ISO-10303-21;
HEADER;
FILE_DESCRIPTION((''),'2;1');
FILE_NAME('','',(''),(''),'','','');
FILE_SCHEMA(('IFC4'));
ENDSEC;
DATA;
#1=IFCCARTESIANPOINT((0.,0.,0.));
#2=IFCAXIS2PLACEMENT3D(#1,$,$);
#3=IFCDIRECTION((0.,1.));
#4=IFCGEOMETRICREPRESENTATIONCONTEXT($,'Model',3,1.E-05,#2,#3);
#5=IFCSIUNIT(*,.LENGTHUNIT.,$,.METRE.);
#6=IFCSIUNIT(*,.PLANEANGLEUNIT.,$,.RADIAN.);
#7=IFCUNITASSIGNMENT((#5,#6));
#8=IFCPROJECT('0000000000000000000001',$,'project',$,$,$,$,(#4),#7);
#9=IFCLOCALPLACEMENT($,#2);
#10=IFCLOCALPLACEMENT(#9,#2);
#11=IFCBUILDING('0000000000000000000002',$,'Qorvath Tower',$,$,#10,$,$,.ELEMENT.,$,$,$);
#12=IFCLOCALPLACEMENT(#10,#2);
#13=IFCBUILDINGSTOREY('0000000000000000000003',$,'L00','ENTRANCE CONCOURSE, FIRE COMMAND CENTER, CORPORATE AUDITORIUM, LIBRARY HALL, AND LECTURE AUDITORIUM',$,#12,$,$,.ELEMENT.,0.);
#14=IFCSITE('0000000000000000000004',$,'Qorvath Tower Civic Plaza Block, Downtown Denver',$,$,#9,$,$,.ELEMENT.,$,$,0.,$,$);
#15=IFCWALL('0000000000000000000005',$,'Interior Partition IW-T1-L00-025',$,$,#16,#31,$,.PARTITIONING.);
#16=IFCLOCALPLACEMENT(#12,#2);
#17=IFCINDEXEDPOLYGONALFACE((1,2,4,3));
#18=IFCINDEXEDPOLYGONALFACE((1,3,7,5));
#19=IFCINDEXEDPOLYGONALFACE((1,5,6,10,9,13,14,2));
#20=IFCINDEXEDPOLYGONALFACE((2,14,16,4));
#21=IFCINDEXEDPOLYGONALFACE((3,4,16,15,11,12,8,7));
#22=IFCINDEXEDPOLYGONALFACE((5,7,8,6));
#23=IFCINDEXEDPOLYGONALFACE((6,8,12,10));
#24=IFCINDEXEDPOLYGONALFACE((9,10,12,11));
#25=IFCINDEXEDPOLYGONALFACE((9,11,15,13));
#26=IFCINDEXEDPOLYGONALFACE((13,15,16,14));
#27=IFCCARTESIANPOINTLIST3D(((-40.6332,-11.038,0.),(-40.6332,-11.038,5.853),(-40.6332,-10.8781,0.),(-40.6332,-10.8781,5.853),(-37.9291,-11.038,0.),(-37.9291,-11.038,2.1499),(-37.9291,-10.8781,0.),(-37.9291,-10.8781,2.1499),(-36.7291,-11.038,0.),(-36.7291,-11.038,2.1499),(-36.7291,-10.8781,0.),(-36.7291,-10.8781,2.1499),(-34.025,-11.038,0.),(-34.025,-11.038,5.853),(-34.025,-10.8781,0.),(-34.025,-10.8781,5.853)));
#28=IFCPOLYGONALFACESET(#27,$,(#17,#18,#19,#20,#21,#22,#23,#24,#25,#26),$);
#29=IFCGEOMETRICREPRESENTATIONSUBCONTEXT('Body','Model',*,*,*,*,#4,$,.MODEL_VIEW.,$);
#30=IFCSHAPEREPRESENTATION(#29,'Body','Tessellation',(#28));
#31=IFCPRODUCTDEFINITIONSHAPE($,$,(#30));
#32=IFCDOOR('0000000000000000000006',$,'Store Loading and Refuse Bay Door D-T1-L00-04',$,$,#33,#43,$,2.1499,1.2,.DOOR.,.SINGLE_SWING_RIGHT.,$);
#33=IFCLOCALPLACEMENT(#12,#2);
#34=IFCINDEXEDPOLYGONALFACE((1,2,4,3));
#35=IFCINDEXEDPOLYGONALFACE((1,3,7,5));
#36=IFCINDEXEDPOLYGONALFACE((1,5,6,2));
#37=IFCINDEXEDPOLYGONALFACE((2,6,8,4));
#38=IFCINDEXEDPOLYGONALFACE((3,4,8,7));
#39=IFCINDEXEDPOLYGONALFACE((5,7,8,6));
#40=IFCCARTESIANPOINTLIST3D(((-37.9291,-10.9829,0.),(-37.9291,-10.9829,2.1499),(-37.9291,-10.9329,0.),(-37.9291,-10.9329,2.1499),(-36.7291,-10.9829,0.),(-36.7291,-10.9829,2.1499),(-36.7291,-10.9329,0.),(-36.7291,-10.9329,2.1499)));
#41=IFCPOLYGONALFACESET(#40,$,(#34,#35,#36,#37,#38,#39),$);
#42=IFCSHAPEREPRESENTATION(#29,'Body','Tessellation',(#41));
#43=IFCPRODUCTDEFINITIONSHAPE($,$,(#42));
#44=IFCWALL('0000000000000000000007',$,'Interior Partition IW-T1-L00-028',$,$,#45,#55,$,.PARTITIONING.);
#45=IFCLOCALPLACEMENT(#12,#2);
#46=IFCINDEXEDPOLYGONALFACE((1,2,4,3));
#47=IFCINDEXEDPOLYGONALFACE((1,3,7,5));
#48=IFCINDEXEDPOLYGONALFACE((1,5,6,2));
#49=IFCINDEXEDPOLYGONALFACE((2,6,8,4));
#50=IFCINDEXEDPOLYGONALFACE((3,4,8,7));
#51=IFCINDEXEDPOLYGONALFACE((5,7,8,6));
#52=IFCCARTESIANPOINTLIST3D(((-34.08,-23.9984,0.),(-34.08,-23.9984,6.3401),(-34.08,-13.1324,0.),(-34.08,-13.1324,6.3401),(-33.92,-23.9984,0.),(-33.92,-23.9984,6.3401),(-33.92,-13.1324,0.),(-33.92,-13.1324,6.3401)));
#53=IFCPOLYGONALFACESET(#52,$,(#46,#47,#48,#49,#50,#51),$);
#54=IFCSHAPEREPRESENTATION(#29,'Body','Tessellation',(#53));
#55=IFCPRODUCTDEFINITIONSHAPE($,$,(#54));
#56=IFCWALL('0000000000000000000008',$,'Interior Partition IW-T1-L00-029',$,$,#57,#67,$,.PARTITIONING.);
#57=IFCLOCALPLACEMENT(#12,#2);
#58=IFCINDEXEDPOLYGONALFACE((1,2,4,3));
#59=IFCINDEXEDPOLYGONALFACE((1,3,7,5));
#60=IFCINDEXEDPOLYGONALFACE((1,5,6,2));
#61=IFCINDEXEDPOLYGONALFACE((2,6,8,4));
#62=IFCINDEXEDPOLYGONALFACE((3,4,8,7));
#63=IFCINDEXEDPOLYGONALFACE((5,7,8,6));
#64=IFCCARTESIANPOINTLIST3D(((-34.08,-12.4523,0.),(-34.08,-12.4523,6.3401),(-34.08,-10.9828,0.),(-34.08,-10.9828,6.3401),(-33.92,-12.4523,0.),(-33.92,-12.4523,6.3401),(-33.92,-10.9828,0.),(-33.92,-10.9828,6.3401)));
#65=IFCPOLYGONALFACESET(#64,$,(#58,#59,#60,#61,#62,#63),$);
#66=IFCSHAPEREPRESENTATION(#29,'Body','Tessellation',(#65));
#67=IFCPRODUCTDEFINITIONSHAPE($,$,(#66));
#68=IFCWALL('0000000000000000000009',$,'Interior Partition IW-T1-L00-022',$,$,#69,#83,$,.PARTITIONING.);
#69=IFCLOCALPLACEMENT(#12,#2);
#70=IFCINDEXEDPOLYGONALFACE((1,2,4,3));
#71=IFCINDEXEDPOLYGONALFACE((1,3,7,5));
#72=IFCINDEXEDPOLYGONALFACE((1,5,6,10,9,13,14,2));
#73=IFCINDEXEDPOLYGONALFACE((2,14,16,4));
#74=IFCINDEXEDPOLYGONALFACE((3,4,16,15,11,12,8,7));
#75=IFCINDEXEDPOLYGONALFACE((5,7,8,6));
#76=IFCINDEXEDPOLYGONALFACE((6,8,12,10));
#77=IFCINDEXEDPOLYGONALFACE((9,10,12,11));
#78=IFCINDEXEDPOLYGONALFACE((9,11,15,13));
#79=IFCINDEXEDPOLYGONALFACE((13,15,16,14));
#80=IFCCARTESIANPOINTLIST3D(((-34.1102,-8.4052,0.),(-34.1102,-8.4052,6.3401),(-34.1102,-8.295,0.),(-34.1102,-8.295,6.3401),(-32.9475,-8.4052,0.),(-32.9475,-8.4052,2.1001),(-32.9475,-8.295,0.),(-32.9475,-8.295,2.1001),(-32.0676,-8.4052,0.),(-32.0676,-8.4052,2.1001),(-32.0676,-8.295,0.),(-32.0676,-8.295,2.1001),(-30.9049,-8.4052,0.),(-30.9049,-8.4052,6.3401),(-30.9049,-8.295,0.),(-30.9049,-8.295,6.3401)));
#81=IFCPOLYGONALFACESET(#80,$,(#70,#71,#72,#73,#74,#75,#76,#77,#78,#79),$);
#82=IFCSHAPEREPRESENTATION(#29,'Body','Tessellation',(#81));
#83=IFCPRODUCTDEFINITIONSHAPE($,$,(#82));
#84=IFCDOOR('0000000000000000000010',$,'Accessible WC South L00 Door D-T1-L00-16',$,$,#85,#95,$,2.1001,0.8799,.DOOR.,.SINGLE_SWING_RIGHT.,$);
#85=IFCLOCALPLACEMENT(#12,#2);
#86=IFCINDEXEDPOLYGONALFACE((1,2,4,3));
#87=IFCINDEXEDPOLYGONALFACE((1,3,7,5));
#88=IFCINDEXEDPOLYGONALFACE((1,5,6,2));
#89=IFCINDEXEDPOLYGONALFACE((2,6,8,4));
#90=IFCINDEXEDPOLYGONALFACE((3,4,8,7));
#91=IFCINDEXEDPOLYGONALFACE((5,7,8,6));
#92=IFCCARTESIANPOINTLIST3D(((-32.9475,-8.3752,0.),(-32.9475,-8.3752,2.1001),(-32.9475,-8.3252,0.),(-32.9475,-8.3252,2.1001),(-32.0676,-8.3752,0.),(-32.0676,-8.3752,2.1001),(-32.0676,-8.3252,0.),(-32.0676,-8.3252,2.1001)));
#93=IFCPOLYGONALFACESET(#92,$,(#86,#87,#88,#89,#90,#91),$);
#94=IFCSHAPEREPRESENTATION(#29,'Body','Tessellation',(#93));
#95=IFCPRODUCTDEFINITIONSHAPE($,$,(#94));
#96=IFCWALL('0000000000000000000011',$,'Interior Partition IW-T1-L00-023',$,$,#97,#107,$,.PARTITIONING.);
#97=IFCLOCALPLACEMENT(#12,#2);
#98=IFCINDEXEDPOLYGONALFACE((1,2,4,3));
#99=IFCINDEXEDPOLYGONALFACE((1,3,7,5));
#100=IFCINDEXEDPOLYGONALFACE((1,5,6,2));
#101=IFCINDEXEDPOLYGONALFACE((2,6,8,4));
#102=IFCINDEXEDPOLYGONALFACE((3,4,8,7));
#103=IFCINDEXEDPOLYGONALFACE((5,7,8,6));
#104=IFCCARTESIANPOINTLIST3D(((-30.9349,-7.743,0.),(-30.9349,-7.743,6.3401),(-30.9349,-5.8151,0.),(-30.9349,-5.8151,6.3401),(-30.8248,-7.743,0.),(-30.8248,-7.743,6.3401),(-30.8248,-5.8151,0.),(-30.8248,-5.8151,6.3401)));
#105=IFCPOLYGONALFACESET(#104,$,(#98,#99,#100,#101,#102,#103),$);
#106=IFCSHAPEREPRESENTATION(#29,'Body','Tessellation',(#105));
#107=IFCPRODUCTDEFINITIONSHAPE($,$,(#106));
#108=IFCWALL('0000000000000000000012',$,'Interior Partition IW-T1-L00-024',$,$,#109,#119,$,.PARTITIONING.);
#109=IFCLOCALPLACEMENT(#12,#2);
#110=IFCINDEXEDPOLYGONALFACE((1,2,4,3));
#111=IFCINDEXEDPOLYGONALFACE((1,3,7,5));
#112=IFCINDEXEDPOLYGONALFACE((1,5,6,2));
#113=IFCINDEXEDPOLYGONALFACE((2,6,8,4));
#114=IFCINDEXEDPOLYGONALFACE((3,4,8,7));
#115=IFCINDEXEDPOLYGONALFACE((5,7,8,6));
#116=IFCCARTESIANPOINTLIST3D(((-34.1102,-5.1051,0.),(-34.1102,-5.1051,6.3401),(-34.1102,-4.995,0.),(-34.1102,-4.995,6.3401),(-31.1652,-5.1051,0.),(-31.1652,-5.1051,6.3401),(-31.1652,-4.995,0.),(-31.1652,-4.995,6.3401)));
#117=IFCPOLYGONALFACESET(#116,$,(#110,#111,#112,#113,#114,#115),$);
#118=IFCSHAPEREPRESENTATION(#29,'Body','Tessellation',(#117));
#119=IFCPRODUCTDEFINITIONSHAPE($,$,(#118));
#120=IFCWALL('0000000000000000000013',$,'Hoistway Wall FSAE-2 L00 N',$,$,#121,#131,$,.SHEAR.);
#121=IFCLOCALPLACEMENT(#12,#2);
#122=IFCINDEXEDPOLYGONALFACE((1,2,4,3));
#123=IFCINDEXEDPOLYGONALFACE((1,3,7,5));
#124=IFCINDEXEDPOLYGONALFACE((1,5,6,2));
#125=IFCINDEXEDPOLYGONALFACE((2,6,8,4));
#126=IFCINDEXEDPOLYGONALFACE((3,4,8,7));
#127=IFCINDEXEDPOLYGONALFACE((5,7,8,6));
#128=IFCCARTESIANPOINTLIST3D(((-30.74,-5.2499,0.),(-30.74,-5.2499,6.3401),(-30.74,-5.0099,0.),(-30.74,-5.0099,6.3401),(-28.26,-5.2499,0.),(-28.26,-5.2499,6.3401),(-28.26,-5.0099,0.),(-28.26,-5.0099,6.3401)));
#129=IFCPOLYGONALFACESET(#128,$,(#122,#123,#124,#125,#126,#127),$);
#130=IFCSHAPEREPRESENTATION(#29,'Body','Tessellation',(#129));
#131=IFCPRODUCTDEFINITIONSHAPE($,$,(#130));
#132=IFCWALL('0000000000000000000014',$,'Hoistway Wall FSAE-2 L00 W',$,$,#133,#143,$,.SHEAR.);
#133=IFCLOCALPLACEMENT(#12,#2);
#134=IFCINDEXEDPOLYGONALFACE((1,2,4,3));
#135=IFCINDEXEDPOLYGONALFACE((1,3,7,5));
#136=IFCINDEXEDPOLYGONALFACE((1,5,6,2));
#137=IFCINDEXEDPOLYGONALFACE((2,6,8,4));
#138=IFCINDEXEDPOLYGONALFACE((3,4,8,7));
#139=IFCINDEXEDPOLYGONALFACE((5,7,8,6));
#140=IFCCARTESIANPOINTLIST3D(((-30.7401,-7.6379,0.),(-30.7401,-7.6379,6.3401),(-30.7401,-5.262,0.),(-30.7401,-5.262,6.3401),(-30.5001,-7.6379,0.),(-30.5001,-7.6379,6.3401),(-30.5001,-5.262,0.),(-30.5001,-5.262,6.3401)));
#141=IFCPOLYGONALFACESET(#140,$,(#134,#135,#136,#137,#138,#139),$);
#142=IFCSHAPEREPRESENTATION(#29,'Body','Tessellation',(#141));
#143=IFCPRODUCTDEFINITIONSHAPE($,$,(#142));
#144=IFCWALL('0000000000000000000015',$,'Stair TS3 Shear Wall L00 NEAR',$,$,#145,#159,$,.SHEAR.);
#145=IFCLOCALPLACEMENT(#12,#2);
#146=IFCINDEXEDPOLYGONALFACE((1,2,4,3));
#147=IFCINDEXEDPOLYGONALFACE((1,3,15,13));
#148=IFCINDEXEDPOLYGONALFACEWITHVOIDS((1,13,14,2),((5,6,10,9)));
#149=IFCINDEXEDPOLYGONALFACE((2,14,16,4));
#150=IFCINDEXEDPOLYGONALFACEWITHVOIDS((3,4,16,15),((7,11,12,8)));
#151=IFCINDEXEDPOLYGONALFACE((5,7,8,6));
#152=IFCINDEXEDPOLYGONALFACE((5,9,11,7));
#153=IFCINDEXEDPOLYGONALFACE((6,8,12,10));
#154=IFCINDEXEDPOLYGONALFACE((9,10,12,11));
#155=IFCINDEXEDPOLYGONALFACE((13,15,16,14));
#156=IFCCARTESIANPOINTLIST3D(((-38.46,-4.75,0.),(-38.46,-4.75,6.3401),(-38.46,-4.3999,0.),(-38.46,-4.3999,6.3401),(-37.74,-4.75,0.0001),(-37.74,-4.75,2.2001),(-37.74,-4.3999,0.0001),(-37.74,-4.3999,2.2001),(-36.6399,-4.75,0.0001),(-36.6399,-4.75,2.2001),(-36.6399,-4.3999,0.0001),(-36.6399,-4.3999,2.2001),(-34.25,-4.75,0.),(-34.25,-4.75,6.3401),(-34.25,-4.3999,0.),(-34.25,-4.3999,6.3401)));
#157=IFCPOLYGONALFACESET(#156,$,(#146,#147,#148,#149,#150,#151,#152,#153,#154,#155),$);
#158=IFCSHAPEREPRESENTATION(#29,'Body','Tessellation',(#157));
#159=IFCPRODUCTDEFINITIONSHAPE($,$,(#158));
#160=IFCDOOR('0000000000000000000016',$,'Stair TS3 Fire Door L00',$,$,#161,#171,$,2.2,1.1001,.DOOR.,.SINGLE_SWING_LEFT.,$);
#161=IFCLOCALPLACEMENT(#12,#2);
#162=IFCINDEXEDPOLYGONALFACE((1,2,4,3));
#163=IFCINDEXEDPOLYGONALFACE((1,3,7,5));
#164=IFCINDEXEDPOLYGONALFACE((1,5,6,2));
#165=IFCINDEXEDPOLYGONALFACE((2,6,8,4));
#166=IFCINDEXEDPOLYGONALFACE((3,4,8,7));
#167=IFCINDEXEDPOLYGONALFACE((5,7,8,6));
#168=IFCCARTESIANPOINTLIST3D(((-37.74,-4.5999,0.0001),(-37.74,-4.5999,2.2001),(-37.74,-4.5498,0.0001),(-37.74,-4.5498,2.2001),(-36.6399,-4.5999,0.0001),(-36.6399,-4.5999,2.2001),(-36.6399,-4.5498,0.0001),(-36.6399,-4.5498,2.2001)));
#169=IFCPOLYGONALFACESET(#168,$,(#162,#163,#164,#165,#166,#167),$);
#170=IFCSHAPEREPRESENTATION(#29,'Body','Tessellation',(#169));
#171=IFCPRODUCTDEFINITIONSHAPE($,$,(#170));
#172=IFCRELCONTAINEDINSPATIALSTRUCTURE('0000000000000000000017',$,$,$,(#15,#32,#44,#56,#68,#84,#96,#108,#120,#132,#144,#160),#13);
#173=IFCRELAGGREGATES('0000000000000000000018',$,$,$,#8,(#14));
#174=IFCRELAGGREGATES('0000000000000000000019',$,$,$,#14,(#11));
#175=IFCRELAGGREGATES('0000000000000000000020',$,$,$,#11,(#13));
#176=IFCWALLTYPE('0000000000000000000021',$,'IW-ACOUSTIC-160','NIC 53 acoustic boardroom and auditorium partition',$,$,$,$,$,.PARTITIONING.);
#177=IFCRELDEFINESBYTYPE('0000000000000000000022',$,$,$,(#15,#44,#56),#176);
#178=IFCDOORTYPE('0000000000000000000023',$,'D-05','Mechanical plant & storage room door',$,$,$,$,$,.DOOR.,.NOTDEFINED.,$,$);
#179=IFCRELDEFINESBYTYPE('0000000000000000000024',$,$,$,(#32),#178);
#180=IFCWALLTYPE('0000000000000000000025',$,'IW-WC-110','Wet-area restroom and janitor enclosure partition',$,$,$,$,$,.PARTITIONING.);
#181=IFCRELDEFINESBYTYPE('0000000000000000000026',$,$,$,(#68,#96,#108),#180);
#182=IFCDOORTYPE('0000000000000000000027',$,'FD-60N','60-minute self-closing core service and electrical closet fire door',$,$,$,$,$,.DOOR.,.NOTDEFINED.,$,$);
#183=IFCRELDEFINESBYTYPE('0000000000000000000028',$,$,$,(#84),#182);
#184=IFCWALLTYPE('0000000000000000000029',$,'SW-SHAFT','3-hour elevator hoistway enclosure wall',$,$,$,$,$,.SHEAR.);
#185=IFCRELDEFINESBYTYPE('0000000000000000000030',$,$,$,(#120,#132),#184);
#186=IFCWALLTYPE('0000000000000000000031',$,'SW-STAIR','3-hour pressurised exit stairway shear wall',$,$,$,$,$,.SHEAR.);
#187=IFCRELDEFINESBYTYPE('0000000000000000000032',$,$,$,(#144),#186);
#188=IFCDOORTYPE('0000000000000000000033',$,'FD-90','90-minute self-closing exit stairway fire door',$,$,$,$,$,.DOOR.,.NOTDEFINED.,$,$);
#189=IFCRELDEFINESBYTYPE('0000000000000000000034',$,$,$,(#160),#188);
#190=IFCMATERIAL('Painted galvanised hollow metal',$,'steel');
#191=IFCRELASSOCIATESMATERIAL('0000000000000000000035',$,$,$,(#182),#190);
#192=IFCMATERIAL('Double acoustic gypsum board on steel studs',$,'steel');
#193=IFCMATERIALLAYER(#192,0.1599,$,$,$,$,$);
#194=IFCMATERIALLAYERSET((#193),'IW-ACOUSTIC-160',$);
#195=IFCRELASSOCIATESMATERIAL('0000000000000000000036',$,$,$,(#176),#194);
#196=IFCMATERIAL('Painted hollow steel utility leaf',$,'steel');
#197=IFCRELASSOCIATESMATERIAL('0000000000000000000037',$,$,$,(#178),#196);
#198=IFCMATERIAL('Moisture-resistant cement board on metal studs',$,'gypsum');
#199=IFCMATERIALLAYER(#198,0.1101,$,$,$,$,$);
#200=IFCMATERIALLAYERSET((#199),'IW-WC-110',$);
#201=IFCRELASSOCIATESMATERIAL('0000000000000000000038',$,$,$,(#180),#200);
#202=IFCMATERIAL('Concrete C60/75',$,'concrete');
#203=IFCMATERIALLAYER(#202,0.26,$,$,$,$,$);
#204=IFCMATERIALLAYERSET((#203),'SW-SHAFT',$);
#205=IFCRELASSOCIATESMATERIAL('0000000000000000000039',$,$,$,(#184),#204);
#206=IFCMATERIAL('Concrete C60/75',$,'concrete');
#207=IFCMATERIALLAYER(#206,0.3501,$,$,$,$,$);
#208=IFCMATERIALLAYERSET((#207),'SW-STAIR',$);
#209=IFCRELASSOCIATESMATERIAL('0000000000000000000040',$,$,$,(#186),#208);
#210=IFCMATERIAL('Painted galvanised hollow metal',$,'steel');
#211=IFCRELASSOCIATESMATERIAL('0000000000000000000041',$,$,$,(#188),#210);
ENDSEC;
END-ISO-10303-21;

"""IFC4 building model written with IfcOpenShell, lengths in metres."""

from ifc_helpers import new_model, si_unit, direction, frame, frame_2d, origin, place, context, subcontext, project, spatial, rectangle, extrude, material, layer, layer_set, type_object, element, fill, save


model = new_model("IFC4")

# Units and contexts
model_context = context("Model", 3, precision=1e-05, world=origin(), true_north=direction((0.0, 1.0)))
body_context = subcontext(model_context, "Body", "Model", "MODEL_VIEW")
ifc_project = project(units=[si_unit("LENGTHUNIT", "METRE"), si_unit("PLANEANGLEUNIT", "RADIAN")], contexts=[model_context])

# Site, building, storey
site_placement = place(None, origin())
site = spatial("IfcSite", under=ifc_project, at=site_placement, Name="Qorvath Tower Civic Plaza Block, Downtown Denver", CompositionType="ELEMENT", RefElevation=0.0)
building_placement = place(site_placement, origin())
building = spatial("IfcBuilding", under=site, at=building_placement, Name="Qorvath Tower", CompositionType="ELEMENT")
storey_placement = place(building_placement, origin())
storey = spatial("IfcBuildingStorey", under=building, at=storey_placement, Name="L00", Description="ENTRANCE CONCOURSE, FIRE COMMAND CENTER, CORPORATE AUDITORIUM, LIBRARY HALL, AND LECTURE AUDITORIUM", CompositionType="ELEMENT", Elevation=0.0)

# Wall, opening, door
ifc_material_1 = material(Name="Painted galvanised hollow metal", Category="steel")
door_type_1 = type_object("IfcDoorType", Name="FD-60N", Description="60-minute self-closing core service and electrical closet fire door", OperationType="NOTDEFINED", PredefinedType="DOOR", material=ifc_material_1)
ifc_material_2 = material(Name="Double acoustic gypsum board on steel studs", Category="steel")
ifc_layer_1 = layer(ifc_material_2, 0.1599)
ifc_layer_set_1 = layer_set([ifc_layer_1], Name="IW-ACOUSTIC-160")
wall_type_1 = type_object("IfcWallType", Name="IW-ACOUSTIC-160", Description="NIC 53 acoustic boardroom and auditorium partition", PredefinedType="PARTITIONING", material=ifc_layer_set_1)
wall_1_placement = place(storey_placement, frame((-34.0249, -10.958, 0.0), z_axis=(0.0, 0.0, 1.0), x_axis=(-1.0, 0.0, 0.0)))
wall_1 = element("IfcWall", 1, at=wall_1_placement, inside=storey, type_object=wall_type_1, Name="Interior Partition IW-T1-L00-025", PredefinedType="PARTITIONING", context=body_context, shape_type="SweptSolid", body=[
    extrude(rectangle(XDim=6.6082, YDim=0.1599, at=frame_2d((3.3042, 0.0))), origin(), (0.0, 0.0, 1.0), 5.853),
])
opening_1_placement = place(wall_1_placement, frame((2.7041, 0.0, 0.0)))
opening_1 = element("IfcOpeningElement", 2, at=opening_1_placement, cuts=wall_1, PredefinedType="OPENING", context=body_context, shape_type="SweptSolid", body=[
    extrude(rectangle(XDim=1.2, YDim=2.1499, at=frame_2d((0.6001, 1.075))), frame((0.0, 0.0898, 0.0), z_axis=(0.0, -1.0, 0.0), x_axis=(1.0, 0.0, 0.0)), (0.0, 0.0, 1.0), 0.1799),
])
ifc_material_3 = material(Name="Painted hollow steel utility leaf", Category="steel")
door_type_2 = type_object("IfcDoorType", Name="D-05", Description="Mechanical plant & storage room door", OperationType="NOTDEFINED", PredefinedType="DOOR", material=ifc_material_3)
door_1_placement = place(opening_1_placement, origin())
door_1 = element("IfcDoor", 3, at=door_1_placement, inside=storey, type_object=door_type_2, Name="Store Loading and Refuse Bay Door D-T1-L00-04", OperationType="SINGLE_SWING_RIGHT", OverallHeight=2.1499, OverallWidth=1.2, PredefinedType="DOOR", context=body_context, shape_type="SweptSolid", body=[
    extrude(rectangle(XDim=1.2, YDim=2.1499, at=frame_2d((0.6001, 1.075))), frame((0.0, 0.0249, 0.0), z_axis=(0.0, -1.0, 0.0), x_axis=(1.0, 0.0, 0.0)), (0.0, 0.0, 1.0), 0.05),
])
fill(opening_1, door_1)

# Walls
wall_2_placement = place(storey_placement, frame((-34.0, -23.9985, 0.0), z_axis=(0.0, 0.0, 1.0), x_axis=(0.0, 1.0, 0.0)))
element("IfcWall", 4, at=wall_2_placement, inside=storey, type_object=wall_type_1, Name="Interior Partition IW-T1-L00-028", PredefinedType="PARTITIONING", context=body_context, shape_type="SweptSolid", body=[
    extrude(rectangle(XDim=10.866, YDim=0.1599, at=frame_2d((5.4331, 0.0))), origin(), (0.0, 0.0, 1.0), 6.3401),
])
wall_3_placement = place(storey_placement, frame((-34.0, -12.4524, 0.0), z_axis=(0.0, 0.0, 1.0), x_axis=(0.0, 1.0, 0.0)))
element("IfcWall", 5, at=wall_3_placement, inside=storey, type_object=wall_type_1, Name="Interior Partition IW-T1-L00-029", PredefinedType="PARTITIONING", context=body_context, shape_type="SweptSolid", body=[
    extrude(rectangle(XDim=1.4695, YDim=0.1599, at=frame_2d((0.7349, 0.0))), origin(), (0.0, 0.0, 1.0), 6.3401),
])

# Wall, opening, door
ifc_material_4 = material(Name="Moisture-resistant cement board on metal studs", Category="gypsum")
ifc_layer_2 = layer(ifc_material_4, 0.1101)
ifc_layer_set_2 = layer_set([ifc_layer_2], Name="IW-WC-110")
wall_type_2 = type_object("IfcWallType", Name="IW-WC-110", Description="Wet-area restroom and janitor enclosure partition", PredefinedType="PARTITIONING", material=ifc_layer_set_2)
wall_4_placement = place(storey_placement, frame((-34.1101, -8.3501, 0.0), z_axis=(0.0, 0.0, 1.0), x_axis=(1.0, 0.0, 0.0)))
wall_4 = element("IfcWall", 6, at=wall_4_placement, inside=storey, type_object=wall_type_2, Name="Interior Partition IW-T1-L00-022", PredefinedType="PARTITIONING", context=body_context, shape_type="SweptSolid", body=[
    extrude(rectangle(XDim=3.2053, YDim=0.1101, at=frame_2d((1.6025, 0.0))), origin(), (0.0, 0.0, 1.0), 6.3401),
])
opening_2_placement = place(wall_4_placement, frame((1.1626, 0.0, 0.0)))
opening_2 = element("IfcOpeningElement", 7, at=opening_2_placement, cuts=wall_4, PredefinedType="OPENING", context=body_context, shape_type="SweptSolid", body=[
    extrude(rectangle(XDim=0.8799, YDim=2.1001, at=frame_2d((0.4399, 1.05))), frame((0.0, 0.0649, 0.0), z_axis=(0.0, -1.0, 0.0), x_axis=(1.0, 0.0, 0.0)), (0.0, 0.0, 1.0), 0.1301),
])
door_2_placement = place(opening_2_placement, origin())
door_2 = element("IfcDoor", 8, at=door_2_placement, inside=storey, type_object=door_type_1, Name="Accessible WC South L00 Door D-T1-L00-16", OperationType="SINGLE_SWING_RIGHT", OverallHeight=2.1001, OverallWidth=0.8799, PredefinedType="DOOR", context=body_context, shape_type="SweptSolid", body=[
    extrude(rectangle(XDim=0.8799, YDim=2.1001, at=frame_2d((0.4399, 1.05))), frame((0.0, 0.0249, 0.0), z_axis=(0.0, -1.0, 0.0), x_axis=(1.0, 0.0, 0.0)), (0.0, 0.0, 1.0), 0.05),
])
fill(opening_2, door_2)

# Walls
wall_5_placement = place(storey_placement, frame((-30.8799, -7.7429, 0.0), z_axis=(0.0, 0.0, 1.0), x_axis=(0.0, 1.0, 0.0)))
element("IfcWall", 9, at=wall_5_placement, inside=storey, type_object=wall_type_2, Name="Interior Partition IW-T1-L00-023", PredefinedType="PARTITIONING", context=body_context, shape_type="SweptSolid", body=[
    extrude(rectangle(XDim=1.928, YDim=0.1101, at=frame_2d((0.9639, 0.0))), origin(), (0.0, 0.0, 1.0), 6.3401),
])
wall_6_placement = place(storey_placement, frame((-31.165, -5.05, 0.0), z_axis=(0.0, 0.0, 1.0), x_axis=(-1.0, 0.0, 0.0)))
element("IfcWall", 10, at=wall_6_placement, inside=storey, type_object=wall_type_2, Name="Interior Partition IW-T1-L00-024", PredefinedType="PARTITIONING", context=body_context, shape_type="SweptSolid", body=[
    extrude(rectangle(XDim=2.9451, YDim=0.1101, at=frame_2d((1.4727, 0.0))), origin(), (0.0, 0.0, 1.0), 6.3401),
])
ifc_material_5 = material(Name="Concrete C60/75", Category="concrete")
ifc_layer_3 = layer(ifc_material_5, 0.26)
ifc_layer_set_3 = layer_set([ifc_layer_3], Name="SW-SHAFT")
wall_type_3 = type_object("IfcWallType", Name="SW-SHAFT", Description="3-hour elevator hoistway enclosure wall", PredefinedType="SHEAR", material=ifc_layer_set_3)
wall_7_placement = place(storey_placement, frame((-30.74, -5.1299, 0.0), z_axis=(0.0, 0.0, 1.0), x_axis=(1.0, 0.0, 0.0)))
element("IfcWall", 11, at=wall_7_placement, inside=storey, type_object=wall_type_3, Name="Hoistway Wall FSAE-2 L00 N", PredefinedType="SHEAR", context=body_context, shape_type="SweptSolid", body=[
    extrude(rectangle(XDim=2.48, YDim=0.24, at=frame_2d((1.24, 0.0))), origin(), (0.0, 0.0, 1.0), 6.3401),
])
wall_8_placement = place(storey_placement, frame((-30.6201, -7.6379, 0.0), z_axis=(0.0, 0.0, 1.0), x_axis=(0.0, 1.0, 0.0)))
element("IfcWall", 12, at=wall_8_placement, inside=storey, type_object=wall_type_3, Name="Hoistway Wall FSAE-2 L00 W", PredefinedType="SHEAR", context=body_context, shape_type="SweptSolid", body=[
    extrude(rectangle(XDim=2.376, YDim=0.24, at=frame_2d((1.188, 0.0))), origin(), (0.0, 0.0, 1.0), 6.3401),
])

# Wall, opening, door
ifc_material_6 = material(Name="Concrete C60/75", Category="concrete")
ifc_layer_4 = layer(ifc_material_6, 0.3501)
ifc_layer_set_4 = layer_set([ifc_layer_4], Name="SW-STAIR")
wall_type_4 = type_object("IfcWallType", Name="SW-STAIR", Description="3-hour pressurised exit stairway shear wall", PredefinedType="SHEAR", material=ifc_layer_set_4)
wall_9_placement = place(storey_placement, frame((-34.25, -4.575, 0.0), z_axis=(0.0, 0.0, 1.0), x_axis=(-1.0, 0.0, 0.0)))
wall_9 = element("IfcWall", 13, at=wall_9_placement, inside=storey, type_object=wall_type_4, Name="Stair TS3 Shear Wall L00 NEAR", PredefinedType="SHEAR", context=body_context, shape_type="SweptSolid", body=[
    extrude(rectangle(XDim=4.21, YDim=0.3501, at=frame_2d((2.105, 0.0))), origin(), (0.0, 0.0, 1.0), 6.3401),
])
opening_3_placement = place(wall_9_placement, frame((2.3899, 0.0, 0.0)))
opening_3 = element("IfcOpeningElement", 14, at=opening_3_placement, cuts=wall_9, PredefinedType="OPENING", context=body_context, shape_type="SweptSolid", body=[
    extrude(rectangle(XDim=1.1001, YDim=2.2, at=frame_2d((0.55, 1.1001))), frame((0.0, 0.1851, 0.0), z_axis=(0.0, -1.0, 0.0), x_axis=(1.0, 0.0, 0.0)), (0.0, 0.0, 1.0), 0.3701),
])
ifc_material_7 = material(Name="Painted galvanised hollow metal", Category="steel")
door_type_3 = type_object("IfcDoorType", Name="FD-90", Description="90-minute self-closing exit stairway fire door", OperationType="NOTDEFINED", PredefinedType="DOOR", material=ifc_material_7)
door_3_placement = place(opening_3_placement, origin())
door_3 = element("IfcDoor", 15, at=door_3_placement, inside=storey, type_object=door_type_3, Name="Stair TS3 Fire Door L00", OperationType="SINGLE_SWING_LEFT", OverallHeight=2.2, OverallWidth=1.1001, PredefinedType="DOOR", context=body_context, shape_type="SweptSolid", body=[
    extrude(rectangle(XDim=1.1001, YDim=2.2, at=frame_2d((0.55, 1.1001))), frame((0.0, 0.0249, 0.0), z_axis=(0.0, -1.0, 0.0), x_axis=(1.0, 0.0, 0.0)), (0.0, 0.0, 1.0), 0.05),
])
fill(opening_3, door_3)

save(model, "model.ifc")
